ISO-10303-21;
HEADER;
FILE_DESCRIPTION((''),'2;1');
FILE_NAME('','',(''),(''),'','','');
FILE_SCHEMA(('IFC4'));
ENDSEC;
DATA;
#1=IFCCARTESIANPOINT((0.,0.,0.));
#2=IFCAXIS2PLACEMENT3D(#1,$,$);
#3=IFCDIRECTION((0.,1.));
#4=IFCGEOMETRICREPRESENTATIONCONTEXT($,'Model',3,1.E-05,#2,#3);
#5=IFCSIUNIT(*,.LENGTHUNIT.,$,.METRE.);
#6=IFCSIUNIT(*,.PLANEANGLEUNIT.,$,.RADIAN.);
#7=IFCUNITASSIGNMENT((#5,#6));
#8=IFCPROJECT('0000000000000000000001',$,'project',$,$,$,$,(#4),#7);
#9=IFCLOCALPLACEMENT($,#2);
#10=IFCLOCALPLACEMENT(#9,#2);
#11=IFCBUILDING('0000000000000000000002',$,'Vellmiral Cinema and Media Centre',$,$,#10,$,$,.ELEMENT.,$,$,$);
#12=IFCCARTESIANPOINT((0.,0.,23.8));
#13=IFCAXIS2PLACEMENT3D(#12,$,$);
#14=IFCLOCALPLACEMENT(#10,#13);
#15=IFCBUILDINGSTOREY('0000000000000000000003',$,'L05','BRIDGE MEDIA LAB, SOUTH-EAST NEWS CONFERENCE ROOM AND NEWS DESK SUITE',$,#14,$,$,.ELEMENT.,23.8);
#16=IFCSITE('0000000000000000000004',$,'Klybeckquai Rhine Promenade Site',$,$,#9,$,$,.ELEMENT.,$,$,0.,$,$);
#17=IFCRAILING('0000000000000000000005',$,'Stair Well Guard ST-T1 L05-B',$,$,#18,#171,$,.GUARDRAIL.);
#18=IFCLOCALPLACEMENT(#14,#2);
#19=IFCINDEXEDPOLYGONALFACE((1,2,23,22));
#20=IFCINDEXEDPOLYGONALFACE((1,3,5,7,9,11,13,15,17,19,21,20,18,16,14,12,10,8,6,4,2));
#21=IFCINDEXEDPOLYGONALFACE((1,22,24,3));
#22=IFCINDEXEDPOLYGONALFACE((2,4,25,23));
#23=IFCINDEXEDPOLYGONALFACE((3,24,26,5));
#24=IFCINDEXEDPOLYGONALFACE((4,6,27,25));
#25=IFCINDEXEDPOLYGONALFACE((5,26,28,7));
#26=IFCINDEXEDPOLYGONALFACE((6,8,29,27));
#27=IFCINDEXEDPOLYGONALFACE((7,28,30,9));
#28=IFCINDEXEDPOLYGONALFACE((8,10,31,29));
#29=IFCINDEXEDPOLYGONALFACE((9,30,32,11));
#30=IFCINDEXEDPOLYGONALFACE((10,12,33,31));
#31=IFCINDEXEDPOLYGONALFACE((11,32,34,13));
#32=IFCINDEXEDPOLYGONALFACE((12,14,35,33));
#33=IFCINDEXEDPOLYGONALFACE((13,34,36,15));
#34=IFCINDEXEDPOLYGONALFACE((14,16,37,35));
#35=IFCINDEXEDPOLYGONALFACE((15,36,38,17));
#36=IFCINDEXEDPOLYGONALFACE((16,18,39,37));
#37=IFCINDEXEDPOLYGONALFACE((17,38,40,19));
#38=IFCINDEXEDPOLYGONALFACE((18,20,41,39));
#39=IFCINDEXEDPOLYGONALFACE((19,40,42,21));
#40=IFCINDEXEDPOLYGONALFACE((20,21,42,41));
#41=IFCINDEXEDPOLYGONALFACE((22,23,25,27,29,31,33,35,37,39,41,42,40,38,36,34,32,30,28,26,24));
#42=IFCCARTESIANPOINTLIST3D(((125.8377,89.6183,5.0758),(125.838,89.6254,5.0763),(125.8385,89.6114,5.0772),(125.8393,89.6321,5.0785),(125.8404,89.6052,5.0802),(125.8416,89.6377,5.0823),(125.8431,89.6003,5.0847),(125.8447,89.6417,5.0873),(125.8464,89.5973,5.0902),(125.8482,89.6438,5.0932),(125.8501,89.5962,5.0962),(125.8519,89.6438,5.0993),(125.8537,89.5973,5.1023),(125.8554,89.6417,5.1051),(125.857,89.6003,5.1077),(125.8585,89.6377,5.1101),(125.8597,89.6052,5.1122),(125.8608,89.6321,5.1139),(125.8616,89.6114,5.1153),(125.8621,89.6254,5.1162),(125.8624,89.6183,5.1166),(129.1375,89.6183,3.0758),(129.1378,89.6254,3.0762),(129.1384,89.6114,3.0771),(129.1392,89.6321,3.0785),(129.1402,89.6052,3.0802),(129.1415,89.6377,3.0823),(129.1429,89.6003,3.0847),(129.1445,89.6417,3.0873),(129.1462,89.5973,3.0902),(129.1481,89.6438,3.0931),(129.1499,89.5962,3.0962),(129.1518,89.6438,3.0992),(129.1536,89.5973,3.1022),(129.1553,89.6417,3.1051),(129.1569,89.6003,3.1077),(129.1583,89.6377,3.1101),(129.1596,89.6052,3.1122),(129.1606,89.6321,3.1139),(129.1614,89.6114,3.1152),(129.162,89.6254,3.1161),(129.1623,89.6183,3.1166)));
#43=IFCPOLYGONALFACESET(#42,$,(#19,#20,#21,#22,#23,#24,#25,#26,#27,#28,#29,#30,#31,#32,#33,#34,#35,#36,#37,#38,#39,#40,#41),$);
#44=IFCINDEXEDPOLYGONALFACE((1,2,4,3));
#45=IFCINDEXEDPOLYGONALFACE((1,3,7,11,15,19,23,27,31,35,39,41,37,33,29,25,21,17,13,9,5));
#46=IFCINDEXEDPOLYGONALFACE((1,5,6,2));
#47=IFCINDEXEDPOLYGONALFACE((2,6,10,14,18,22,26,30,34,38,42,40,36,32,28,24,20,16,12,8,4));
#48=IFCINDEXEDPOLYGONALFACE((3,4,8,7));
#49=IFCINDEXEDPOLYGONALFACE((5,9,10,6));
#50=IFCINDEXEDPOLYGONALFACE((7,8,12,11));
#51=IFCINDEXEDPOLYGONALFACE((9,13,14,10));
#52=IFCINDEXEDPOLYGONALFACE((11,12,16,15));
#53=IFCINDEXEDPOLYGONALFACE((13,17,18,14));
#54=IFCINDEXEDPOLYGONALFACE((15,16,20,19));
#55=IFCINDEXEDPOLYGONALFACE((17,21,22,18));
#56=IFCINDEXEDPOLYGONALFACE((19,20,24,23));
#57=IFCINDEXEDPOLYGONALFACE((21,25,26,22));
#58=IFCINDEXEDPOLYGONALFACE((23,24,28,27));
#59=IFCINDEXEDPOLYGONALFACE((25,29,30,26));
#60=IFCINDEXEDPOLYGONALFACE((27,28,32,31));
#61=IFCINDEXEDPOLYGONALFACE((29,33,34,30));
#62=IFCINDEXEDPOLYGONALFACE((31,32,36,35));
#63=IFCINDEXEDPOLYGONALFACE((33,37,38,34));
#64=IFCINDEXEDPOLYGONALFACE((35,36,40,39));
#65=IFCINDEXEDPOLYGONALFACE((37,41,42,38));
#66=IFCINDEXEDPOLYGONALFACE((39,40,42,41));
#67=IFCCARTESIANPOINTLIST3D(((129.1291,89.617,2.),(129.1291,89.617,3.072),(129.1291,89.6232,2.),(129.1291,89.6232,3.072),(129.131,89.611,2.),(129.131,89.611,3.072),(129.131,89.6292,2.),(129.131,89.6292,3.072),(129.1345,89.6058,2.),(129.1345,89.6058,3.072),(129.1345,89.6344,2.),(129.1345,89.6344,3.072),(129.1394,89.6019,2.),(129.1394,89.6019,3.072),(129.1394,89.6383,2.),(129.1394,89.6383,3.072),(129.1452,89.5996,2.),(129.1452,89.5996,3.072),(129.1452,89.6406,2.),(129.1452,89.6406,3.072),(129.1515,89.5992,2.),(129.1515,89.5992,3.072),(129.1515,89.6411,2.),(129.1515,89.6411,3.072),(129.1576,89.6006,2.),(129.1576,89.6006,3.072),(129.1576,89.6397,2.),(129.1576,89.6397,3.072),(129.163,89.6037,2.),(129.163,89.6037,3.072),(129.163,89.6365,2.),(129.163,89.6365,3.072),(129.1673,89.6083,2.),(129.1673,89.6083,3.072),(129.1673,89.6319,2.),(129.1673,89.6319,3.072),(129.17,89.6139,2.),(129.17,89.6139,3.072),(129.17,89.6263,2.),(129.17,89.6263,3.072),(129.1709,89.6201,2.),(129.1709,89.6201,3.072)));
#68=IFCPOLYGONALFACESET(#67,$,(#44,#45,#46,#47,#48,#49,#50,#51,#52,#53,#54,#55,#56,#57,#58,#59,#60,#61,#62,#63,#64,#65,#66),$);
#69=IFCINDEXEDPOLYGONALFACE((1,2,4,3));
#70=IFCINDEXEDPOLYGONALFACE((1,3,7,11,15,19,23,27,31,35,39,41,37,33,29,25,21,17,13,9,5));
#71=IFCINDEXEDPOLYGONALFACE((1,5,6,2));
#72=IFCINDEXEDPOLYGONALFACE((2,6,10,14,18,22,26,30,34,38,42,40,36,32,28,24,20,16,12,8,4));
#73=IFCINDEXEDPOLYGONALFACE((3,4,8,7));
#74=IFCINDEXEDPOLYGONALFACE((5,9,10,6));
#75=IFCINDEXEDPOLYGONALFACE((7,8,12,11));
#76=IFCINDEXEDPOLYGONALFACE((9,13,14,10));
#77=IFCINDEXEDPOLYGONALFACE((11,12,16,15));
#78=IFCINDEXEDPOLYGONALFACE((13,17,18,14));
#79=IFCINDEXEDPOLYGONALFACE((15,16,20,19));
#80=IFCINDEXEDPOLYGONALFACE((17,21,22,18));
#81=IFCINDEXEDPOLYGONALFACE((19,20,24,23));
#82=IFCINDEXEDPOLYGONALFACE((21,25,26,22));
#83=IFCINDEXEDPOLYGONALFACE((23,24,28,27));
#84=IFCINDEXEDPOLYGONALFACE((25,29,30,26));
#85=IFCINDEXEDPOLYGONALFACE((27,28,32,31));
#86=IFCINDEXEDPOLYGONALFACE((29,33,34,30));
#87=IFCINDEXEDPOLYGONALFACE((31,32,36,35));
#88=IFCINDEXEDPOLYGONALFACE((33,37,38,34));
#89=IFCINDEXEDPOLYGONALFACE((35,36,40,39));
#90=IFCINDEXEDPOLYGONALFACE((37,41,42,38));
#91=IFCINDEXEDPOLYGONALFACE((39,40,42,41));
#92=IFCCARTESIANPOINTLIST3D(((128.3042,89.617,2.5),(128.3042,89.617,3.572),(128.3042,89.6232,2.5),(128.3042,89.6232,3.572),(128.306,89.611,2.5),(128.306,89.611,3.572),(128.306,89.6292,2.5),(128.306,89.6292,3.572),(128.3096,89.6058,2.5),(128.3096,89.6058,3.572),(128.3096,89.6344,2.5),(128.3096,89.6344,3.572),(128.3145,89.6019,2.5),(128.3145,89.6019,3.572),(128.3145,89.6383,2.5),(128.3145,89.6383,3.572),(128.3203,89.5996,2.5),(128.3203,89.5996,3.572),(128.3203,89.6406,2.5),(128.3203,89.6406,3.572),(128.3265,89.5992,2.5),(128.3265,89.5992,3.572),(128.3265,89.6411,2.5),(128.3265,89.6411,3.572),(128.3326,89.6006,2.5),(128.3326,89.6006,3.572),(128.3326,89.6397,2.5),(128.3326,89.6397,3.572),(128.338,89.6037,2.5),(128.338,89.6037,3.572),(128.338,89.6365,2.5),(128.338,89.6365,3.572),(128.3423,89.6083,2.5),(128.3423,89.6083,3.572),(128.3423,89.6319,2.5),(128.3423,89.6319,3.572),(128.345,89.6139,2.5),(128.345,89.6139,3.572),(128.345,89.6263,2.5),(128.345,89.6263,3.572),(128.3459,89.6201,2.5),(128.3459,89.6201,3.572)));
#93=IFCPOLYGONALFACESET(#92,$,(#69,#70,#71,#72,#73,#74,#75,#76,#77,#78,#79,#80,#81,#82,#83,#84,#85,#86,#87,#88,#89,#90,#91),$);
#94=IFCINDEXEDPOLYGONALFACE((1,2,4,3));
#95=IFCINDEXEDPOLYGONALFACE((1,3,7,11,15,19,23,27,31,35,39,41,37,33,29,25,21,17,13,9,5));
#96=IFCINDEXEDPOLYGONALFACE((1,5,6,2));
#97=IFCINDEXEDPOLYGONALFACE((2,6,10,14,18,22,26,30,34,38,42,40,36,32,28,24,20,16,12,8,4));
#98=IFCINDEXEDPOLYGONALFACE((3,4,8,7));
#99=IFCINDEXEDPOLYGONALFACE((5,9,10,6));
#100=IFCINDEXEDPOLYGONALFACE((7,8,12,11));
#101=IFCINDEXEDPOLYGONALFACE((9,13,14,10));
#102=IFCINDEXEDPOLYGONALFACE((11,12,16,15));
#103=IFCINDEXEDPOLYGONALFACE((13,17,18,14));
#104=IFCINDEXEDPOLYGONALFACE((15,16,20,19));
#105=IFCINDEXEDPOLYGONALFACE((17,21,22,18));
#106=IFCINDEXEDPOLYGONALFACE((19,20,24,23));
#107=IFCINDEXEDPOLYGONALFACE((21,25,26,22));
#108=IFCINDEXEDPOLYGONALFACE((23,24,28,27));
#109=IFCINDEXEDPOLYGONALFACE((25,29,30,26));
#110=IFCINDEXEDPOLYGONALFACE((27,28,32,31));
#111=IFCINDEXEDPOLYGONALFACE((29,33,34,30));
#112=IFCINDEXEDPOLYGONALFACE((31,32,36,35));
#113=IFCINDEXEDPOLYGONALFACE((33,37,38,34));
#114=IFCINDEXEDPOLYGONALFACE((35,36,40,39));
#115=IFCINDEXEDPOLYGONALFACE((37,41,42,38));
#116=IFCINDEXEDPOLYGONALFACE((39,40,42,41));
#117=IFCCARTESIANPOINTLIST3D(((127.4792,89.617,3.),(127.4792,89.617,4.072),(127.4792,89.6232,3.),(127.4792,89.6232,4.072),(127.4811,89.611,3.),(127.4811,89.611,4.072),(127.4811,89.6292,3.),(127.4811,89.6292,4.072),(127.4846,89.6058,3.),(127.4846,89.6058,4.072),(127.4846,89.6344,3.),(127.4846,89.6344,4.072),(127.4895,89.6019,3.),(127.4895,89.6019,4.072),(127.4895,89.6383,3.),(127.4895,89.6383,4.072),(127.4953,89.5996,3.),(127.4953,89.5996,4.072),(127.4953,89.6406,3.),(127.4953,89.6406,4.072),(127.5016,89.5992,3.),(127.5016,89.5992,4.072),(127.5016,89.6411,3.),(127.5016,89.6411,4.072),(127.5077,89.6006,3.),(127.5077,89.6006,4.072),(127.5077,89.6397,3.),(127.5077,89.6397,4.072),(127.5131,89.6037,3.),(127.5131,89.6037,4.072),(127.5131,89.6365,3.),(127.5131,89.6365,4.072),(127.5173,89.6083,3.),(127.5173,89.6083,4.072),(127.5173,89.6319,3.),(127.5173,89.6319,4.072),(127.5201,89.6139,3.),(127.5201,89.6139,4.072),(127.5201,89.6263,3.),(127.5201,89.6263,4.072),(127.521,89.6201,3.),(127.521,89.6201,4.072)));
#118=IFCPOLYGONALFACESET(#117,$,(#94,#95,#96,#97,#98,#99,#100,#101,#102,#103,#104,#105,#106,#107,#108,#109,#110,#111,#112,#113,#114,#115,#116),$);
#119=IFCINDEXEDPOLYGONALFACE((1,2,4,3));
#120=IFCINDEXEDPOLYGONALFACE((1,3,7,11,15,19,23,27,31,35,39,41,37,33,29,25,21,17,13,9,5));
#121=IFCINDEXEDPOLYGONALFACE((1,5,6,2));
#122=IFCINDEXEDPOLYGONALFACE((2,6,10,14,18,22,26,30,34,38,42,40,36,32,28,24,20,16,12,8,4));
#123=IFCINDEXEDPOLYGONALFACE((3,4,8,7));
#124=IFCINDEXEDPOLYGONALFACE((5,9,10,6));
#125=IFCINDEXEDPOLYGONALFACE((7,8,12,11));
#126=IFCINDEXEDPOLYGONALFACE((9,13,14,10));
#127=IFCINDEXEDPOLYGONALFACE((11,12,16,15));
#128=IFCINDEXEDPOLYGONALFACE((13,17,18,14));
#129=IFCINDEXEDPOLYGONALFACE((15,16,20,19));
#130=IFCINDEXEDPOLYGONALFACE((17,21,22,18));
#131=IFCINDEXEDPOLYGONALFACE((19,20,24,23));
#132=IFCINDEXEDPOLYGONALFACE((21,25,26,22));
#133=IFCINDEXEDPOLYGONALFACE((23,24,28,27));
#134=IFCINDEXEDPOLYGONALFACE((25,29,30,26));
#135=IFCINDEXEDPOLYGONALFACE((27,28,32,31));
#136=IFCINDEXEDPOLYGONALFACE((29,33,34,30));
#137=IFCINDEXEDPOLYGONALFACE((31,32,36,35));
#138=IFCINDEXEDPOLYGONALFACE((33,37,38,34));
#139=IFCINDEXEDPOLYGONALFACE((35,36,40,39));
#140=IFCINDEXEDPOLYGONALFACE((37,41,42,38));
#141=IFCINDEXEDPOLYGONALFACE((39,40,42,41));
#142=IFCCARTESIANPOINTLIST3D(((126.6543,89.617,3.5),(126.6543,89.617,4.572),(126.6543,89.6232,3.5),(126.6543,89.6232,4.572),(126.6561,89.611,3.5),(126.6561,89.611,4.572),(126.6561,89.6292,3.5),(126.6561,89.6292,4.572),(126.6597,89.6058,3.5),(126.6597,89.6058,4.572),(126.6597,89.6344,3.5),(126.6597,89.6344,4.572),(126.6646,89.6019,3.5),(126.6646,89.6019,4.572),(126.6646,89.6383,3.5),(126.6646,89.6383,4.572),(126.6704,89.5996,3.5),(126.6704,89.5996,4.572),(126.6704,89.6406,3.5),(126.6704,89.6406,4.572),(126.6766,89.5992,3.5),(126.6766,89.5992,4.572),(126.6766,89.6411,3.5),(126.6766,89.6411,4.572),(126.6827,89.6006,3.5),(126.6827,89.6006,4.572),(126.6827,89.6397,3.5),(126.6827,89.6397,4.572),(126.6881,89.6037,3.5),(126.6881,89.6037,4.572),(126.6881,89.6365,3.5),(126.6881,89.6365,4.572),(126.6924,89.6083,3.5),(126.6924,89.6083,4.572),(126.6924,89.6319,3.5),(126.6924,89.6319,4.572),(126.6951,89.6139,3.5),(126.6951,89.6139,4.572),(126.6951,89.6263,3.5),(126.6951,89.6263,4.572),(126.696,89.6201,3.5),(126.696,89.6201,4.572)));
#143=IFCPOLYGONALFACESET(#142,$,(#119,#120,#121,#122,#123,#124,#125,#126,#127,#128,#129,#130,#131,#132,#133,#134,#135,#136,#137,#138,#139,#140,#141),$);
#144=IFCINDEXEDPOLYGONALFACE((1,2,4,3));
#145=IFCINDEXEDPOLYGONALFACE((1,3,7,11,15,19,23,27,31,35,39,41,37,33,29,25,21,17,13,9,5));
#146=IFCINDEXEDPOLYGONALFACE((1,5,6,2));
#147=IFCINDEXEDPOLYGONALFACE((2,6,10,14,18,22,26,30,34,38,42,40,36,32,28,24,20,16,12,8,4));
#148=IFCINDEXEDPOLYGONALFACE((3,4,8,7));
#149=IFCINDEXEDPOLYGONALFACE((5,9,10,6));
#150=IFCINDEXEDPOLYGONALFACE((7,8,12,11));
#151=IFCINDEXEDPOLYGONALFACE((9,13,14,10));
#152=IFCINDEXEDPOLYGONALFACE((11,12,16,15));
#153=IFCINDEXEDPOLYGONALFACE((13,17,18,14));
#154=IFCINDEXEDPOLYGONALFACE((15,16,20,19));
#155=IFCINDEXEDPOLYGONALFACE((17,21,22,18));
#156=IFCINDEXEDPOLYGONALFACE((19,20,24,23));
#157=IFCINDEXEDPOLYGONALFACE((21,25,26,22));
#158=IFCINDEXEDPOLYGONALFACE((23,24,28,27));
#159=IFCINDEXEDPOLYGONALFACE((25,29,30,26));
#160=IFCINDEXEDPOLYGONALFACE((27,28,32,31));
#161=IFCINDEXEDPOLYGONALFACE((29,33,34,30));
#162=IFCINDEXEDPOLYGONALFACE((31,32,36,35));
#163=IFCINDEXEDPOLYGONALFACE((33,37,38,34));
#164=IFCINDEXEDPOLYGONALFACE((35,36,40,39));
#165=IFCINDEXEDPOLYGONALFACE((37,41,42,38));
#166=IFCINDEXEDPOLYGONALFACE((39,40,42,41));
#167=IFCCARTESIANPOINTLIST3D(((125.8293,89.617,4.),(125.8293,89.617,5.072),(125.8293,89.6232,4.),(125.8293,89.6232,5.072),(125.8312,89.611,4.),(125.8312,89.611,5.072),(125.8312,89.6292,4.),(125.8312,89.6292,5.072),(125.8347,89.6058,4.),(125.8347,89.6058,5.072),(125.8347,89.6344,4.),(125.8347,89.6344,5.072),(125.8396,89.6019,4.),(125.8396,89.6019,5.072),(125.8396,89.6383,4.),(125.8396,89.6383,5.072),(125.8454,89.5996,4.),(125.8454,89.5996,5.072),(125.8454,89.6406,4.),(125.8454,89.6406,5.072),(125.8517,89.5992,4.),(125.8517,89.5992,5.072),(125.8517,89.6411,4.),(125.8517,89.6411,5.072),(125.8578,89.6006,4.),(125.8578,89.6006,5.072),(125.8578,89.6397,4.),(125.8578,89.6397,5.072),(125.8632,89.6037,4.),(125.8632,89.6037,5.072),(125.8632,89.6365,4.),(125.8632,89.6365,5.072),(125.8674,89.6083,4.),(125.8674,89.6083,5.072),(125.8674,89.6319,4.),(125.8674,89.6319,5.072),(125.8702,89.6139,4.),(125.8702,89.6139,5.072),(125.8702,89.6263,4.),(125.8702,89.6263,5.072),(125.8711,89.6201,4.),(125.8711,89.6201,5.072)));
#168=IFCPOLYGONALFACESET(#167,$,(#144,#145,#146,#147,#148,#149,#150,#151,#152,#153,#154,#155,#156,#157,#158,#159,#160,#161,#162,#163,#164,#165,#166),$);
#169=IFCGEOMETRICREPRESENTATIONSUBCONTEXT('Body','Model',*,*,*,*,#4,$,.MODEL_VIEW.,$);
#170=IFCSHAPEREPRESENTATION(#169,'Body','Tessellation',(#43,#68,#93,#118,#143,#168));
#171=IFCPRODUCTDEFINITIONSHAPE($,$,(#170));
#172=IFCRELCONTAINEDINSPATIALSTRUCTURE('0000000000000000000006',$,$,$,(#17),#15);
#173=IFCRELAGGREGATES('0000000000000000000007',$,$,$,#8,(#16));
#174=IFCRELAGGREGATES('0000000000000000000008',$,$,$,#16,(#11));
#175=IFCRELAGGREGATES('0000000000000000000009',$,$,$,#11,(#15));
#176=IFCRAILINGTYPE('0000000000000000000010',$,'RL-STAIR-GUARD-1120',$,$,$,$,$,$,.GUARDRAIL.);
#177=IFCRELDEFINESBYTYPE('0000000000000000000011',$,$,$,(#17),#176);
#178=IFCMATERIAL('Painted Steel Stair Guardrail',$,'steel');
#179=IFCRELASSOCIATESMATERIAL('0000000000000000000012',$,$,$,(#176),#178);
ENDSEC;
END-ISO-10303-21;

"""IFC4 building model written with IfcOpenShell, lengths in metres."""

from ifc_helpers import new_model, si_unit, direction, frame, origin, origin_2d, place, context, subcontext, project, spatial, circle, extrude, material, type_object, element, save


model = new_model("IFC4")

# Units and contexts
model_context = context("Model", 3, precision=1e-05, world=origin(), true_north=direction((0.0, 1.0)))
body_context = subcontext(model_context, "Body", "Model", "MODEL_VIEW")
ifc_project = project(units=[si_unit("LENGTHUNIT", "METRE"), si_unit("PLANEANGLEUNIT", "RADIAN")], contexts=[model_context])

# Site, building, storey
site_placement = place(None, origin())
site = spatial("IfcSite", under=ifc_project, at=site_placement, Name="Klybeckquai Rhine Promenade Site", CompositionType="ELEMENT", RefElevation=0.0)
building_placement = place(site_placement, origin())
building = spatial("IfcBuilding", under=site, at=building_placement, Name="Vellmiral Cinema and Media Centre", CompositionType="ELEMENT")
storey_placement = place(building_placement, frame((0.0, 0.0, 23.8)))
storey = spatial("IfcBuildingStorey", under=building, at=storey_placement, Name="L05", Description="BRIDGE MEDIA LAB, SOUTH-EAST NEWS CONFERENCE ROOM AND NEWS DESK SUITE", CompositionType="ELEMENT", Elevation=23.8)

# Railing
ifc_material_1 = material(Name="Painted Steel Stair Guardrail", Category="steel")
railing_type_1 = type_object("IfcRailingType", Name="RL-STAIR-GUARD-1120", PredefinedType="GUARDRAIL", material=ifc_material_1)
railing_1_placement = place(storey_placement, frame((129.1499, 89.6201, 2.0)))
element("IfcRailing", 1, at=railing_1_placement, inside=storey, type_object=railing_type_1, Name="Stair Well Guard ST-T1 L05-B", PredefinedType="GUARDRAIL", context=body_context, shape_type="SweptSolid", body=[
    extrude(circle(Radius=0.0239, at=origin_2d()), frame((0.0, 0.0, 1.0962), z_axis=(-0.855184, 0.0, 0.518324), x_axis=(0.0, -1.0, 0.0)), (0.0, 0.0, 1.0), 3.8586),
    extrude(circle(Radius=0.021, at=origin_2d()), origin(), (0.0, 0.0, 1.0), 1.072),
    extrude(circle(Radius=0.021, at=origin_2d()), frame((-0.825, 0.0, 0.5)), (0.0, 0.0, 1.0), 1.072),
    extrude(circle(Radius=0.021, at=origin_2d()), frame((-1.6499, 0.0, 1.0)), (0.0, 0.0, 1.0), 1.072),
    extrude(circle(Radius=0.021, at=origin_2d()), frame((-2.4749, 0.0, 1.5)), (0.0, 0.0, 1.0), 1.072),
    extrude(circle(Radius=0.021, at=origin_2d()), frame((-3.2998, 0.0, 2.0)), (0.0, 0.0, 1.0), 1.072),
])

save(model, "model.ifc")
